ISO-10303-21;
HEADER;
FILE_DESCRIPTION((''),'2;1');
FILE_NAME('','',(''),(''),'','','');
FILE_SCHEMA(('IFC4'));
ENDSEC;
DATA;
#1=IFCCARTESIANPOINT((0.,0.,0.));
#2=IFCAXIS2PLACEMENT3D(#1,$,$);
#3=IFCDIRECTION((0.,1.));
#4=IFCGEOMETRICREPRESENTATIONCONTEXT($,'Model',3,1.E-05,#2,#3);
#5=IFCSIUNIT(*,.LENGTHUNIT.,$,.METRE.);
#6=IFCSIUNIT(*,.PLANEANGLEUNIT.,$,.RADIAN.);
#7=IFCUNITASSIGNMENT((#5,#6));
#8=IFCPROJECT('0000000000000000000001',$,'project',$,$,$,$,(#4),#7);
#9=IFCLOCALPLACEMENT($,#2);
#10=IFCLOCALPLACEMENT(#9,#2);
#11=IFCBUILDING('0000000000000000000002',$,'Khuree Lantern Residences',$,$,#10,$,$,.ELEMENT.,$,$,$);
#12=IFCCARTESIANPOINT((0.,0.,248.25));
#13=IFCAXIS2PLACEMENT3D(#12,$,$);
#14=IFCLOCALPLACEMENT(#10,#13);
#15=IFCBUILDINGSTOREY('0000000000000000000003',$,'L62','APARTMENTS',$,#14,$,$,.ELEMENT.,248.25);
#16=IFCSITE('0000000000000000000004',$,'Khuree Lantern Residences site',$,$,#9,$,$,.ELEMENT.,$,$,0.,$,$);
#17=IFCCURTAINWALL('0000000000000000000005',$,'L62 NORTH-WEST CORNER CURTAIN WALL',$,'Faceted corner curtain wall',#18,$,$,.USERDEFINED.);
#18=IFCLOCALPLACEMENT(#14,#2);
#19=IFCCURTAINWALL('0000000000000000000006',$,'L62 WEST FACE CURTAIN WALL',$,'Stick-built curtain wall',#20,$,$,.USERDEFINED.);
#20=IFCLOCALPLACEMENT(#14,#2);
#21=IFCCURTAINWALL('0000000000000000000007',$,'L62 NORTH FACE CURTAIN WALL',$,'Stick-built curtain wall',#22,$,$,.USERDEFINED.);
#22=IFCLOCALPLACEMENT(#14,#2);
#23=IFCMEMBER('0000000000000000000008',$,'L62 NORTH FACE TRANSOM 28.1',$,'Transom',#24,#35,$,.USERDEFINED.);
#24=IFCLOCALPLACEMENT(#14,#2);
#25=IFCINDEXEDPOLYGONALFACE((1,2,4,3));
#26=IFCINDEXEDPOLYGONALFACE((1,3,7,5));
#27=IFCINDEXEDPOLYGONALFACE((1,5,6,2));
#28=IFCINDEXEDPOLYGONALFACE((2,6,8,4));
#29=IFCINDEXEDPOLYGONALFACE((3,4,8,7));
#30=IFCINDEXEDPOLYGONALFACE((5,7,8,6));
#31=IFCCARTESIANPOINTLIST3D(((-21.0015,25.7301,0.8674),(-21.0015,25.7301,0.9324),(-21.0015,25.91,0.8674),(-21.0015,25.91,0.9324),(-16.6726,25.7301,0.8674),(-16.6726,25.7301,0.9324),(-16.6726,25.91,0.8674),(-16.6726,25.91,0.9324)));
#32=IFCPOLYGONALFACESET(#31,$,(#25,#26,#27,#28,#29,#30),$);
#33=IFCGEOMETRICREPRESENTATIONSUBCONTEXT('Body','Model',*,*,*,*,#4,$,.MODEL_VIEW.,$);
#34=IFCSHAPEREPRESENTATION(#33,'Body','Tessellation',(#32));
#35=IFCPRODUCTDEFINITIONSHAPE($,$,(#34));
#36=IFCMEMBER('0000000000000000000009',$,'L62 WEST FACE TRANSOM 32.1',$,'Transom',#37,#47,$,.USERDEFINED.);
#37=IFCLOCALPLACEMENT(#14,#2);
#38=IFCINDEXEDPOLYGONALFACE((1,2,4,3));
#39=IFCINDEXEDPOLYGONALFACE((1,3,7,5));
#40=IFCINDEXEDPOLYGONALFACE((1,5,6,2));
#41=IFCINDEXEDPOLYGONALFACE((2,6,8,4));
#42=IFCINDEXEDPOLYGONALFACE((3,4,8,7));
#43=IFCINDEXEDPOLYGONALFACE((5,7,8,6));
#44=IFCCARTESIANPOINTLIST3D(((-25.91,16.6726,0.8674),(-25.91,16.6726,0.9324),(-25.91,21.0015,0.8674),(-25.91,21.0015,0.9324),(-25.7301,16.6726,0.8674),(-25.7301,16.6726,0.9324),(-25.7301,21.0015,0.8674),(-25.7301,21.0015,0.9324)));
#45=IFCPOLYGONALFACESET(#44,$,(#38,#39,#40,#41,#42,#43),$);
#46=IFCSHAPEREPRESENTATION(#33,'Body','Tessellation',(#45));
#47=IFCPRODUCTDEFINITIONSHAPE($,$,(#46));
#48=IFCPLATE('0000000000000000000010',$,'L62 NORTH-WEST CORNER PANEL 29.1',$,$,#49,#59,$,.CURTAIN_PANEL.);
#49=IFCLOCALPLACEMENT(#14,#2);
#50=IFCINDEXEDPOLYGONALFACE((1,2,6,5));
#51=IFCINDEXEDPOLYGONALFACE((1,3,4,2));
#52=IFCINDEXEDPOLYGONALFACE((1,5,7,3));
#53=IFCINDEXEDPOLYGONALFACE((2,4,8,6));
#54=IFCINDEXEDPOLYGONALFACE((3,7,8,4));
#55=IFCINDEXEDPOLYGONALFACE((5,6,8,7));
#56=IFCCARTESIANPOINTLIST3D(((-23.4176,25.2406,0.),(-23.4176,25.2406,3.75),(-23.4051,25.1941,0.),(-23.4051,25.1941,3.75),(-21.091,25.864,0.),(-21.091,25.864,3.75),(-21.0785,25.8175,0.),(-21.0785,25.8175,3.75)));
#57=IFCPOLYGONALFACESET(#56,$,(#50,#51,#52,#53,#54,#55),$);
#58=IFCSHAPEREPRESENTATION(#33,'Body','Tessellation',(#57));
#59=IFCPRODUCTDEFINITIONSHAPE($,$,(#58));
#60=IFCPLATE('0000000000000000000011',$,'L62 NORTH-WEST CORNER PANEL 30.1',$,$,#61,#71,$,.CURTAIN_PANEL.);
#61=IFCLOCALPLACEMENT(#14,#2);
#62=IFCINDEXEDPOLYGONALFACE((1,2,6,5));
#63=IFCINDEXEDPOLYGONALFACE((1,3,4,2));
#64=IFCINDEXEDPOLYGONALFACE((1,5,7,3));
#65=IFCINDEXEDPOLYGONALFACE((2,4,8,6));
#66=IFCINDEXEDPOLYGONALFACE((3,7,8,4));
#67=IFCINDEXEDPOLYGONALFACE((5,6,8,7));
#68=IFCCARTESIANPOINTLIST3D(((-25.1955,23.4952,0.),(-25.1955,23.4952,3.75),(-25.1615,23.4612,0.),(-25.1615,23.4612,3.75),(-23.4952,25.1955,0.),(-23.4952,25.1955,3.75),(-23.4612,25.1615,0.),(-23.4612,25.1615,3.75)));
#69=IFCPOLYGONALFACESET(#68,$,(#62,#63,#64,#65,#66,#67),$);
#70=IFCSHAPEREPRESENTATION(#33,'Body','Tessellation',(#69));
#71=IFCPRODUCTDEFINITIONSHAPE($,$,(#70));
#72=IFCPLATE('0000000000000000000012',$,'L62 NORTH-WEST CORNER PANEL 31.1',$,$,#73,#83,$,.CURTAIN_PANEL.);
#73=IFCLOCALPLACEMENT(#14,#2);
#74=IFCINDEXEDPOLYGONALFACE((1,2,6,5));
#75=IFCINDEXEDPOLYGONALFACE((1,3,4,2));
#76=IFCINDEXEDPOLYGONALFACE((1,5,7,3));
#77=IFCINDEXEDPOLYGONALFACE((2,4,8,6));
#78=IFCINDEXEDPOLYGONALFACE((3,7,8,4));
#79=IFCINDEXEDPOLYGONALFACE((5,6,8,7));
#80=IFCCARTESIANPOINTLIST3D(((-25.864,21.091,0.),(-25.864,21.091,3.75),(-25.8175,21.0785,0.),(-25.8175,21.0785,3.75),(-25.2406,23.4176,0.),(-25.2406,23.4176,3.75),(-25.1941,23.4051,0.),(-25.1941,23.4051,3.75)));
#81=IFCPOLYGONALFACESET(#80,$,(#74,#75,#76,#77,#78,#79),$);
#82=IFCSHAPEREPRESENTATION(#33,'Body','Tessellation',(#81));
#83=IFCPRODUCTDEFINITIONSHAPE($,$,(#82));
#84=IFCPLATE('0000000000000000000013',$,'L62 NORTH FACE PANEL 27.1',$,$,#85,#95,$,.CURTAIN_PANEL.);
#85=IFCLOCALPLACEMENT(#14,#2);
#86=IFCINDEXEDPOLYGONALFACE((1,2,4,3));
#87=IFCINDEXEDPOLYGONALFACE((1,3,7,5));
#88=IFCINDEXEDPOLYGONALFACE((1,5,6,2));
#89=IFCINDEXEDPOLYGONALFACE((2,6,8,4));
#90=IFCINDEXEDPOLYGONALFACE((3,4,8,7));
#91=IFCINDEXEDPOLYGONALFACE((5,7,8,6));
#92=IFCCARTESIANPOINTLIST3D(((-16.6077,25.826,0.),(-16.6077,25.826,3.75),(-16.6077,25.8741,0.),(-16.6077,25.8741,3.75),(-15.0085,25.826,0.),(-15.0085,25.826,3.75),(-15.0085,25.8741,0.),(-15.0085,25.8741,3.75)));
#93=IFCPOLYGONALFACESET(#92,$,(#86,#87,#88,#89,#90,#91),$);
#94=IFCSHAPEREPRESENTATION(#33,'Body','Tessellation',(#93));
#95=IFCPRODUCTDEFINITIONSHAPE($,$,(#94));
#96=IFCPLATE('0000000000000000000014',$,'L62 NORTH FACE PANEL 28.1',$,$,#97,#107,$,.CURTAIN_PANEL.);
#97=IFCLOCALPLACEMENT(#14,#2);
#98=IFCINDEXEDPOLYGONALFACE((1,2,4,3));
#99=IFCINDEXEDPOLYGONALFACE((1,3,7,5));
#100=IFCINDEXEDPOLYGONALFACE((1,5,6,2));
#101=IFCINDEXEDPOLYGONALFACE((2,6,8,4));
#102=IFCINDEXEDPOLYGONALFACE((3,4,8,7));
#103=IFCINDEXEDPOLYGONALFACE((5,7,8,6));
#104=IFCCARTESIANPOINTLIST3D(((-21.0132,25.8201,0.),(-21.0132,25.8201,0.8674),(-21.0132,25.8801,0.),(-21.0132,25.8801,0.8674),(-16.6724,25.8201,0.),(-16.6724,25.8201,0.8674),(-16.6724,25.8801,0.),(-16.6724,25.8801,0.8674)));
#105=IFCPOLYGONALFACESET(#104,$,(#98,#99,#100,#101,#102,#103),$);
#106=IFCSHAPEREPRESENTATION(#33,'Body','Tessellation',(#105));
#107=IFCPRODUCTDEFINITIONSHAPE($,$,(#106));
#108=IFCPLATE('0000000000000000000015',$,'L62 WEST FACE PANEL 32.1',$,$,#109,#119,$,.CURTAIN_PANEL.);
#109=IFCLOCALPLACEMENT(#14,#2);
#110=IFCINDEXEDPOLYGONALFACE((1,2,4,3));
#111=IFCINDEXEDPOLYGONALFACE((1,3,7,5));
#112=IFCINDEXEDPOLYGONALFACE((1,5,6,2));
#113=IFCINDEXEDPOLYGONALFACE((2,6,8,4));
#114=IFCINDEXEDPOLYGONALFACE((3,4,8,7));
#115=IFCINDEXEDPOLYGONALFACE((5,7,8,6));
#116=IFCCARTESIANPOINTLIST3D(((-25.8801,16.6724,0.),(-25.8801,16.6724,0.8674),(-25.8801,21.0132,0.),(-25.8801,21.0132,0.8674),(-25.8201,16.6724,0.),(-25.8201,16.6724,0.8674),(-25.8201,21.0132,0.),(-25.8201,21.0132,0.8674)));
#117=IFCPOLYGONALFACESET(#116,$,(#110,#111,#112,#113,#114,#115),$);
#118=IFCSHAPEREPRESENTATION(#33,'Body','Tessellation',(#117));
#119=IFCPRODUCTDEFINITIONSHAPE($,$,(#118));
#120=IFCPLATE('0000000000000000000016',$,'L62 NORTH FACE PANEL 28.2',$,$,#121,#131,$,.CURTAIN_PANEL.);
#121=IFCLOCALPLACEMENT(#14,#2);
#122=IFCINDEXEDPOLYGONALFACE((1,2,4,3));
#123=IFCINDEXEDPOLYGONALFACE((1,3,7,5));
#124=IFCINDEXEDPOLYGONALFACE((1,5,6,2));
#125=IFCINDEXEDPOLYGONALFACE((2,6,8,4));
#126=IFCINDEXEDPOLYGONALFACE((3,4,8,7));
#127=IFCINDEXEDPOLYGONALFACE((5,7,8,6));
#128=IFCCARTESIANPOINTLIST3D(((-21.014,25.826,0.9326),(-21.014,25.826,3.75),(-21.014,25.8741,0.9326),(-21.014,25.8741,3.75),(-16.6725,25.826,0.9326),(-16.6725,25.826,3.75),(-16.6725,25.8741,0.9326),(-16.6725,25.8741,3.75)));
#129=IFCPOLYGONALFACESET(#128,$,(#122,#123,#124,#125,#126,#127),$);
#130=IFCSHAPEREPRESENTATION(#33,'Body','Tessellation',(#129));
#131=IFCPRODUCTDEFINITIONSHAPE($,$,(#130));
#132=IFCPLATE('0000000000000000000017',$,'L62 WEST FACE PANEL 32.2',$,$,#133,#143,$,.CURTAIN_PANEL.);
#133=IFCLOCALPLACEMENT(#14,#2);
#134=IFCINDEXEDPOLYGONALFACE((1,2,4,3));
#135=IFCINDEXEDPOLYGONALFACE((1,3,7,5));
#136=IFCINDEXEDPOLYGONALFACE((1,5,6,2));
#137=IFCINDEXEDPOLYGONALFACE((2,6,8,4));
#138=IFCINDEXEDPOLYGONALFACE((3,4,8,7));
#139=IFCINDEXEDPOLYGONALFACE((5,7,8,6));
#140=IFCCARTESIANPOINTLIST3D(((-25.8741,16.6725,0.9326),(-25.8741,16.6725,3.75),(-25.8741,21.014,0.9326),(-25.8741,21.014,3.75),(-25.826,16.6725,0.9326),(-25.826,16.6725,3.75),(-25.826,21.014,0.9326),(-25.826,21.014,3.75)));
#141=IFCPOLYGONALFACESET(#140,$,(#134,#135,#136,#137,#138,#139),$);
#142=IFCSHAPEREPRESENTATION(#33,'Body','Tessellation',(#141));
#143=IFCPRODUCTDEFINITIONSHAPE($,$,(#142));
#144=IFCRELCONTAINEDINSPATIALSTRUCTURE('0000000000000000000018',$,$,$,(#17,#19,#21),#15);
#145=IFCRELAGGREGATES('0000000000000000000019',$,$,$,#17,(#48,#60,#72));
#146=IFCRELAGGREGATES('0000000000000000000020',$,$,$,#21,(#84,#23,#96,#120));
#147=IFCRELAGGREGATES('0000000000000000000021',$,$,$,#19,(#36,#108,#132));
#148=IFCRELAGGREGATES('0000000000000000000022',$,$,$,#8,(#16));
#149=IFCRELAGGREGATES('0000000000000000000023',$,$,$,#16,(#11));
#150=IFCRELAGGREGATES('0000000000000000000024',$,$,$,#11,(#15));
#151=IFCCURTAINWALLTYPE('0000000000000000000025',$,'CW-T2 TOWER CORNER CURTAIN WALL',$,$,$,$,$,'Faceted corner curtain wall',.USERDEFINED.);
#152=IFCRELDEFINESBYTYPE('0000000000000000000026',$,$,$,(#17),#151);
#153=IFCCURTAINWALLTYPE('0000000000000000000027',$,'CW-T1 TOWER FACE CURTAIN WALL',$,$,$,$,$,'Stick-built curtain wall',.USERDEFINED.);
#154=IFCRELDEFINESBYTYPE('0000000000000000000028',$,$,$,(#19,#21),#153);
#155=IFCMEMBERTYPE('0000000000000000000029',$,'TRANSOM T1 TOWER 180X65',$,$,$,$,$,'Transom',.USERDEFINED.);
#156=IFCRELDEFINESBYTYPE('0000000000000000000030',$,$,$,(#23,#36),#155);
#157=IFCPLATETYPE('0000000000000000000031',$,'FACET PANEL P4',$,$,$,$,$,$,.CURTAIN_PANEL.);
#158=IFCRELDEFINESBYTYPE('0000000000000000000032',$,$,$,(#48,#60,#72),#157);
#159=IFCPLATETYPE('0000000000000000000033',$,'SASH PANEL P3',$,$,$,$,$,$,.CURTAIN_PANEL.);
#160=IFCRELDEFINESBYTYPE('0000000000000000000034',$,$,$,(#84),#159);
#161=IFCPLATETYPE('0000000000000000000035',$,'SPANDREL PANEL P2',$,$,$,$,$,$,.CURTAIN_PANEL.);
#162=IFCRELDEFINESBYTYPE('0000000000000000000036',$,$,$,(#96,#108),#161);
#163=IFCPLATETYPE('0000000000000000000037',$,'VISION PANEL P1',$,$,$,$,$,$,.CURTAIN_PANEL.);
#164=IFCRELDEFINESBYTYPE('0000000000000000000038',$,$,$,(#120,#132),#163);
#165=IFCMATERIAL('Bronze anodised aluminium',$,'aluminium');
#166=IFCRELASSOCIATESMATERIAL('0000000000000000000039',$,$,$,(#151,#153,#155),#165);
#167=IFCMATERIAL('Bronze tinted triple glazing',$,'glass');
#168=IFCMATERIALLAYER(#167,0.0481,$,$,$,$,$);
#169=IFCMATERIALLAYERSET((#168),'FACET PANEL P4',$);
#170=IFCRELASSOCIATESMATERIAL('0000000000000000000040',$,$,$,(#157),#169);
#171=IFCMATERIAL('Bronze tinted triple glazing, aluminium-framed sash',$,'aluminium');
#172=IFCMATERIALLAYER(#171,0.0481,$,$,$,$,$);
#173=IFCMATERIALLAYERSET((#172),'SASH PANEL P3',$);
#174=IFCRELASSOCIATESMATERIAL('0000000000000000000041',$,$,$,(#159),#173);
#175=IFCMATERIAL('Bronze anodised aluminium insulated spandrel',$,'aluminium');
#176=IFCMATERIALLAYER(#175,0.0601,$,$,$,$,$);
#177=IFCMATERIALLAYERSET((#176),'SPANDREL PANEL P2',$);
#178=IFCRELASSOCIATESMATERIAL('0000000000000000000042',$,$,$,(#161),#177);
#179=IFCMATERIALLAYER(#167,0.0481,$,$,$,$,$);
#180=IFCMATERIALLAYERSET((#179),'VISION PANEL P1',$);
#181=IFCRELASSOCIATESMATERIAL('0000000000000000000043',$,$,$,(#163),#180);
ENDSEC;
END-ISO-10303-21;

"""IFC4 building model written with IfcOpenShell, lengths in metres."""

from ifc_helpers import new_model, si_unit, direction, frame, origin, origin_2d, place, context, subcontext, project, spatial, rectangle, extrude, material, layer, layer_set, material_profile, profile_set, type_object, element, aggregate, save


model = new_model("IFC4")

# Units and contexts
model_context = context("Model", 3, precision=1e-05, world=origin(), true_north=direction((0.0, 1.0)))
body_context = subcontext(model_context, "Body", "Model", "MODEL_VIEW")
ifc_project = project(units=[si_unit("LENGTHUNIT", "METRE"), si_unit("PLANEANGLEUNIT", "RADIAN")], contexts=[model_context])

# Site, building, storey
site_placement = place(None, origin())
site = spatial("IfcSite", under=ifc_project, at=site_placement, Name="Khuree Lantern Residences site", CompositionType="ELEMENT", RefElevation=0.0)
building_placement = place(site_placement, origin())
building = spatial("IfcBuilding", under=site, at=building_placement, Name="Khuree Lantern Residences", CompositionType="ELEMENT")
storey_placement = place(building_placement, frame((0.0, 0.0, 248.25)))
storey = spatial("IfcBuildingStorey", under=building, at=storey_placement, Name="L62", Description="APARTMENTS", CompositionType="ELEMENT", Elevation=248.25)

# Curtain walls
ifc_material_1 = material(Name="Bronze anodised aluminium", Category="aluminium")
curtain_wall_type_1 = type_object("IfcCurtainWallType", Name="CW-T2 TOWER CORNER CURTAIN WALL", ElementType="Faceted corner curtain wall", PredefinedType="USERDEFINED", material=ifc_material_1)
curtain_wall_1_placement = place(storey_placement, origin())
curtain_wall_1 = element("IfcCurtainWall", 1, at=curtain_wall_1_placement, inside=storey, type_object=curtain_wall_type_1, Name="L62 NORTH-WEST CORNER CURTAIN WALL", ObjectType="Faceted corner curtain wall", PredefinedType="USERDEFINED")
curtain_wall_type_2 = type_object("IfcCurtainWallType", Name="CW-T1 TOWER FACE CURTAIN WALL", ElementType="Stick-built curtain wall", PredefinedType="USERDEFINED", material=ifc_material_1)
curtain_wall_2_placement = place(storey_placement, origin())
curtain_wall_2 = element("IfcCurtainWall", 2, at=curtain_wall_2_placement, inside=storey, type_object=curtain_wall_type_2, Name="L62 WEST FACE CURTAIN WALL", ObjectType="Stick-built curtain wall", PredefinedType="USERDEFINED")

# Curtain wall
curtain_wall_3_placement = place(storey_placement, origin())
curtain_wall_3 = element("IfcCurtainWall", 3, at=curtain_wall_3_placement, inside=storey, type_object=curtain_wall_type_2, Name="L62 NORTH FACE CURTAIN WALL", ObjectType="Stick-built curtain wall", PredefinedType="USERDEFINED")

# Members
ifc_material_profile_1 = material_profile(ifc_material_1, rectangle(XDim=0.1799, YDim=0.0649, at=origin_2d()), Name="T1 180X65")
ifc_profile_set_1 = profile_set([ifc_material_profile_1], Name="Bronze anodised aluminium")
member_type_1 = type_object("IfcMemberType", Name="TRANSOM T1 TOWER 180X65", ElementType="Transom", PredefinedType="USERDEFINED", material=ifc_profile_set_1)
member_1_placement = place(storey_placement, frame((-16.6726, 25.8201, 0.8999), z_axis=(-1.0, 0.0, 0.0), x_axis=(0.0, -1.0, 0.0)))
member_1 = element("IfcMember", 4, at=member_1_placement, type_object=member_type_1, Name="L62 NORTH FACE TRANSOM 28.1", ObjectType="Transom", PredefinedType="USERDEFINED", context=body_context, shape_type="SweptSolid", body=[
    extrude(rectangle(XDim=0.1799, YDim=0.0649, at=origin_2d()), origin(), (0.0, 0.0, 1.0), 4.3289),
])
member_2_placement = place(storey_placement, frame((-25.8201, 21.0015, 0.8999), z_axis=(0.0, -1.0, 0.0), x_axis=(1.0, 0.0, 0.0)))
member_2 = element("IfcMember", 5, at=member_2_placement, type_object=member_type_1, Name="L62 WEST FACE TRANSOM 32.1", ObjectType="Transom", PredefinedType="USERDEFINED", context=body_context, shape_type="SweptSolid", body=[
    extrude(rectangle(XDim=0.1799, YDim=0.0649, at=origin_2d()), origin(), (0.0, 0.0, 1.0), 4.3289),
])

# Plates
ifc_material_2 = material(Name="Bronze tinted triple glazing", Category="glass")
ifc_layer_1 = layer(ifc_material_2, 0.0481)
ifc_layer_set_1 = layer_set([ifc_layer_1], Name="FACET PANEL P4")
plate_type_1 = type_object("IfcPlateType", Name="FACET PANEL P4", PredefinedType="CURTAIN_PANEL", material=ifc_layer_set_1)
plate_1_placement = place(storey_placement, frame((-22.248, 25.5291, 0.0), z_axis=(0.0, 0.0, 1.0), x_axis=(-0.965926, -0.258819, 0.0)))
plate_1 = element("IfcPlate", 6, at=plate_1_placement, type_object=plate_type_1, Name="L62 NORTH-WEST CORNER PANEL 29.1", PredefinedType="CURTAIN_PANEL", context=body_context, shape_type="SweptSolid", body=[
    extrude(rectangle(XDim=2.4087, YDim=0.0481, at=origin_2d()), origin(), (0.0, 0.0, 1.0), 3.75),
])
plate_2_placement = place(storey_placement, frame((-24.3284, 24.3284, 0.0), z_axis=(0.0, 0.0, 1.0), x_axis=(-0.707107, -0.707107, 0.0)))
plate_2 = element("IfcPlate", 7, at=plate_2_placement, type_object=plate_type_1, Name="L62 NORTH-WEST CORNER PANEL 30.1", PredefinedType="CURTAIN_PANEL", context=body_context, shape_type="SweptSolid", body=[
    extrude(rectangle(XDim=2.4045, YDim=0.0481, at=origin_2d()), origin(), (0.0, 0.0, 1.0), 3.75),
])
plate_3_placement = place(storey_placement, frame((-25.5291, 22.248, 0.0), z_axis=(0.0, 0.0, 1.0), x_axis=(-0.258819, -0.965926, 0.0)))
plate_3 = element("IfcPlate", 8, at=plate_3_placement, type_object=plate_type_1, Name="L62 NORTH-WEST CORNER PANEL 31.1", PredefinedType="CURTAIN_PANEL", context=body_context, shape_type="SweptSolid", body=[
    extrude(rectangle(XDim=2.4087, YDim=0.0481, at=origin_2d()), origin(), (0.0, 0.0, 1.0), 3.75),
])
aggregate(curtain_wall_1, [plate_1, plate_2, plate_3])
ifc_material_3 = material(Name="Bronze tinted triple glazing, aluminium-framed sash", Category="aluminium")
ifc_layer_2 = layer(ifc_material_3, 0.0481)
ifc_layer_set_2 = layer_set([ifc_layer_2], Name="SASH PANEL P3")
plate_type_2 = type_object("IfcPlateType", Name="SASH PANEL P3", PredefinedType="CURTAIN_PANEL", material=ifc_layer_set_2)
plate_4_placement = place(storey_placement, frame((-15.8081, 25.8501, 0.0), z_axis=(0.0, 0.0, 1.0), x_axis=(-1.0, 0.0, 0.0)))
plate_4 = element("IfcPlate", 9, at=plate_4_placement, type_object=plate_type_2, Name="L62 NORTH FACE PANEL 27.1", PredefinedType="CURTAIN_PANEL", context=body_context, shape_type="SweptSolid", body=[
    extrude(rectangle(XDim=1.5991, YDim=0.0481, at=origin_2d()), origin(), (0.0, 0.0, 1.0), 3.75),
])
ifc_material_4 = material(Name="Bronze anodised aluminium insulated spandrel", Category="aluminium")
ifc_layer_3 = layer(ifc_material_4, 0.0601)
ifc_layer_set_3 = layer_set([ifc_layer_3], Name="SPANDREL PANEL P2")
plate_type_3 = type_object("IfcPlateType", Name="SPANDREL PANEL P2", PredefinedType="CURTAIN_PANEL", material=ifc_layer_set_3)
plate_5_placement = place(storey_placement, frame((-18.8428, 25.8501, 0.0), z_axis=(0.0, 0.0, 1.0), x_axis=(-1.0, 0.0, 0.0)))
plate_5 = element("IfcPlate", 10, at=plate_5_placement, type_object=plate_type_3, Name="L62 NORTH FACE PANEL 28.1", PredefinedType="CURTAIN_PANEL", context=body_context, shape_type="SweptSolid", body=[
    extrude(rectangle(XDim=4.3408, YDim=0.0601, at=origin_2d()), origin(), (0.0, 0.0, 1.0), 0.8674),
])
plate_6_placement = place(storey_placement, frame((-25.8501, 18.8428, 0.0), z_axis=(0.0, 0.0, 1.0), x_axis=(0.0, -1.0, 0.0)))
plate_6 = element("IfcPlate", 11, at=plate_6_placement, type_object=plate_type_3, Name="L62 WEST FACE PANEL 32.1", PredefinedType="CURTAIN_PANEL", context=body_context, shape_type="SweptSolid", body=[
    extrude(rectangle(XDim=4.3408, YDim=0.0601, at=origin_2d()), origin(), (0.0, 0.0, 1.0), 0.8674),
])
ifc_layer_4 = layer(ifc_material_2, 0.0481)
ifc_layer_set_4 = layer_set([ifc_layer_4], Name="VISION PANEL P1")
plate_type_4 = type_object("IfcPlateType", Name="VISION PANEL P1", PredefinedType="CURTAIN_PANEL", material=ifc_layer_set_4)
plate_7_placement = place(storey_placement, frame((-18.8433, 25.8501, 0.9326), z_axis=(0.0, 0.0, 1.0), x_axis=(-1.0, 0.0, 0.0)))
plate_7 = element("IfcPlate", 12, at=plate_7_placement, type_object=plate_type_4, Name="L62 NORTH FACE PANEL 28.2", PredefinedType="CURTAIN_PANEL", context=body_context, shape_type="SweptSolid", body=[
    extrude(rectangle(XDim=4.3416, YDim=0.0481, at=origin_2d()), origin(), (0.0, 0.0, 1.0), 2.8174),
])
aggregate(curtain_wall_3, [plate_4, member_1, plate_5, plate_7])
plate_8_placement = place(storey_placement, frame((-25.8501, 18.8433, 0.9326), z_axis=(0.0, 0.0, 1.0), x_axis=(0.0, -1.0, 0.0)))
plate_8 = element("IfcPlate", 13, at=plate_8_placement, type_object=plate_type_4, Name="L62 WEST FACE PANEL 32.2", PredefinedType="CURTAIN_PANEL", context=body_context, shape_type="SweptSolid", body=[
    extrude(rectangle(XDim=4.3416, YDim=0.0481, at=origin_2d()), origin(), (0.0, 0.0, 1.0), 2.8174),
])
aggregate(curtain_wall_2, [member_2, plate_6, plate_8])

save(model, "model.ifc")
